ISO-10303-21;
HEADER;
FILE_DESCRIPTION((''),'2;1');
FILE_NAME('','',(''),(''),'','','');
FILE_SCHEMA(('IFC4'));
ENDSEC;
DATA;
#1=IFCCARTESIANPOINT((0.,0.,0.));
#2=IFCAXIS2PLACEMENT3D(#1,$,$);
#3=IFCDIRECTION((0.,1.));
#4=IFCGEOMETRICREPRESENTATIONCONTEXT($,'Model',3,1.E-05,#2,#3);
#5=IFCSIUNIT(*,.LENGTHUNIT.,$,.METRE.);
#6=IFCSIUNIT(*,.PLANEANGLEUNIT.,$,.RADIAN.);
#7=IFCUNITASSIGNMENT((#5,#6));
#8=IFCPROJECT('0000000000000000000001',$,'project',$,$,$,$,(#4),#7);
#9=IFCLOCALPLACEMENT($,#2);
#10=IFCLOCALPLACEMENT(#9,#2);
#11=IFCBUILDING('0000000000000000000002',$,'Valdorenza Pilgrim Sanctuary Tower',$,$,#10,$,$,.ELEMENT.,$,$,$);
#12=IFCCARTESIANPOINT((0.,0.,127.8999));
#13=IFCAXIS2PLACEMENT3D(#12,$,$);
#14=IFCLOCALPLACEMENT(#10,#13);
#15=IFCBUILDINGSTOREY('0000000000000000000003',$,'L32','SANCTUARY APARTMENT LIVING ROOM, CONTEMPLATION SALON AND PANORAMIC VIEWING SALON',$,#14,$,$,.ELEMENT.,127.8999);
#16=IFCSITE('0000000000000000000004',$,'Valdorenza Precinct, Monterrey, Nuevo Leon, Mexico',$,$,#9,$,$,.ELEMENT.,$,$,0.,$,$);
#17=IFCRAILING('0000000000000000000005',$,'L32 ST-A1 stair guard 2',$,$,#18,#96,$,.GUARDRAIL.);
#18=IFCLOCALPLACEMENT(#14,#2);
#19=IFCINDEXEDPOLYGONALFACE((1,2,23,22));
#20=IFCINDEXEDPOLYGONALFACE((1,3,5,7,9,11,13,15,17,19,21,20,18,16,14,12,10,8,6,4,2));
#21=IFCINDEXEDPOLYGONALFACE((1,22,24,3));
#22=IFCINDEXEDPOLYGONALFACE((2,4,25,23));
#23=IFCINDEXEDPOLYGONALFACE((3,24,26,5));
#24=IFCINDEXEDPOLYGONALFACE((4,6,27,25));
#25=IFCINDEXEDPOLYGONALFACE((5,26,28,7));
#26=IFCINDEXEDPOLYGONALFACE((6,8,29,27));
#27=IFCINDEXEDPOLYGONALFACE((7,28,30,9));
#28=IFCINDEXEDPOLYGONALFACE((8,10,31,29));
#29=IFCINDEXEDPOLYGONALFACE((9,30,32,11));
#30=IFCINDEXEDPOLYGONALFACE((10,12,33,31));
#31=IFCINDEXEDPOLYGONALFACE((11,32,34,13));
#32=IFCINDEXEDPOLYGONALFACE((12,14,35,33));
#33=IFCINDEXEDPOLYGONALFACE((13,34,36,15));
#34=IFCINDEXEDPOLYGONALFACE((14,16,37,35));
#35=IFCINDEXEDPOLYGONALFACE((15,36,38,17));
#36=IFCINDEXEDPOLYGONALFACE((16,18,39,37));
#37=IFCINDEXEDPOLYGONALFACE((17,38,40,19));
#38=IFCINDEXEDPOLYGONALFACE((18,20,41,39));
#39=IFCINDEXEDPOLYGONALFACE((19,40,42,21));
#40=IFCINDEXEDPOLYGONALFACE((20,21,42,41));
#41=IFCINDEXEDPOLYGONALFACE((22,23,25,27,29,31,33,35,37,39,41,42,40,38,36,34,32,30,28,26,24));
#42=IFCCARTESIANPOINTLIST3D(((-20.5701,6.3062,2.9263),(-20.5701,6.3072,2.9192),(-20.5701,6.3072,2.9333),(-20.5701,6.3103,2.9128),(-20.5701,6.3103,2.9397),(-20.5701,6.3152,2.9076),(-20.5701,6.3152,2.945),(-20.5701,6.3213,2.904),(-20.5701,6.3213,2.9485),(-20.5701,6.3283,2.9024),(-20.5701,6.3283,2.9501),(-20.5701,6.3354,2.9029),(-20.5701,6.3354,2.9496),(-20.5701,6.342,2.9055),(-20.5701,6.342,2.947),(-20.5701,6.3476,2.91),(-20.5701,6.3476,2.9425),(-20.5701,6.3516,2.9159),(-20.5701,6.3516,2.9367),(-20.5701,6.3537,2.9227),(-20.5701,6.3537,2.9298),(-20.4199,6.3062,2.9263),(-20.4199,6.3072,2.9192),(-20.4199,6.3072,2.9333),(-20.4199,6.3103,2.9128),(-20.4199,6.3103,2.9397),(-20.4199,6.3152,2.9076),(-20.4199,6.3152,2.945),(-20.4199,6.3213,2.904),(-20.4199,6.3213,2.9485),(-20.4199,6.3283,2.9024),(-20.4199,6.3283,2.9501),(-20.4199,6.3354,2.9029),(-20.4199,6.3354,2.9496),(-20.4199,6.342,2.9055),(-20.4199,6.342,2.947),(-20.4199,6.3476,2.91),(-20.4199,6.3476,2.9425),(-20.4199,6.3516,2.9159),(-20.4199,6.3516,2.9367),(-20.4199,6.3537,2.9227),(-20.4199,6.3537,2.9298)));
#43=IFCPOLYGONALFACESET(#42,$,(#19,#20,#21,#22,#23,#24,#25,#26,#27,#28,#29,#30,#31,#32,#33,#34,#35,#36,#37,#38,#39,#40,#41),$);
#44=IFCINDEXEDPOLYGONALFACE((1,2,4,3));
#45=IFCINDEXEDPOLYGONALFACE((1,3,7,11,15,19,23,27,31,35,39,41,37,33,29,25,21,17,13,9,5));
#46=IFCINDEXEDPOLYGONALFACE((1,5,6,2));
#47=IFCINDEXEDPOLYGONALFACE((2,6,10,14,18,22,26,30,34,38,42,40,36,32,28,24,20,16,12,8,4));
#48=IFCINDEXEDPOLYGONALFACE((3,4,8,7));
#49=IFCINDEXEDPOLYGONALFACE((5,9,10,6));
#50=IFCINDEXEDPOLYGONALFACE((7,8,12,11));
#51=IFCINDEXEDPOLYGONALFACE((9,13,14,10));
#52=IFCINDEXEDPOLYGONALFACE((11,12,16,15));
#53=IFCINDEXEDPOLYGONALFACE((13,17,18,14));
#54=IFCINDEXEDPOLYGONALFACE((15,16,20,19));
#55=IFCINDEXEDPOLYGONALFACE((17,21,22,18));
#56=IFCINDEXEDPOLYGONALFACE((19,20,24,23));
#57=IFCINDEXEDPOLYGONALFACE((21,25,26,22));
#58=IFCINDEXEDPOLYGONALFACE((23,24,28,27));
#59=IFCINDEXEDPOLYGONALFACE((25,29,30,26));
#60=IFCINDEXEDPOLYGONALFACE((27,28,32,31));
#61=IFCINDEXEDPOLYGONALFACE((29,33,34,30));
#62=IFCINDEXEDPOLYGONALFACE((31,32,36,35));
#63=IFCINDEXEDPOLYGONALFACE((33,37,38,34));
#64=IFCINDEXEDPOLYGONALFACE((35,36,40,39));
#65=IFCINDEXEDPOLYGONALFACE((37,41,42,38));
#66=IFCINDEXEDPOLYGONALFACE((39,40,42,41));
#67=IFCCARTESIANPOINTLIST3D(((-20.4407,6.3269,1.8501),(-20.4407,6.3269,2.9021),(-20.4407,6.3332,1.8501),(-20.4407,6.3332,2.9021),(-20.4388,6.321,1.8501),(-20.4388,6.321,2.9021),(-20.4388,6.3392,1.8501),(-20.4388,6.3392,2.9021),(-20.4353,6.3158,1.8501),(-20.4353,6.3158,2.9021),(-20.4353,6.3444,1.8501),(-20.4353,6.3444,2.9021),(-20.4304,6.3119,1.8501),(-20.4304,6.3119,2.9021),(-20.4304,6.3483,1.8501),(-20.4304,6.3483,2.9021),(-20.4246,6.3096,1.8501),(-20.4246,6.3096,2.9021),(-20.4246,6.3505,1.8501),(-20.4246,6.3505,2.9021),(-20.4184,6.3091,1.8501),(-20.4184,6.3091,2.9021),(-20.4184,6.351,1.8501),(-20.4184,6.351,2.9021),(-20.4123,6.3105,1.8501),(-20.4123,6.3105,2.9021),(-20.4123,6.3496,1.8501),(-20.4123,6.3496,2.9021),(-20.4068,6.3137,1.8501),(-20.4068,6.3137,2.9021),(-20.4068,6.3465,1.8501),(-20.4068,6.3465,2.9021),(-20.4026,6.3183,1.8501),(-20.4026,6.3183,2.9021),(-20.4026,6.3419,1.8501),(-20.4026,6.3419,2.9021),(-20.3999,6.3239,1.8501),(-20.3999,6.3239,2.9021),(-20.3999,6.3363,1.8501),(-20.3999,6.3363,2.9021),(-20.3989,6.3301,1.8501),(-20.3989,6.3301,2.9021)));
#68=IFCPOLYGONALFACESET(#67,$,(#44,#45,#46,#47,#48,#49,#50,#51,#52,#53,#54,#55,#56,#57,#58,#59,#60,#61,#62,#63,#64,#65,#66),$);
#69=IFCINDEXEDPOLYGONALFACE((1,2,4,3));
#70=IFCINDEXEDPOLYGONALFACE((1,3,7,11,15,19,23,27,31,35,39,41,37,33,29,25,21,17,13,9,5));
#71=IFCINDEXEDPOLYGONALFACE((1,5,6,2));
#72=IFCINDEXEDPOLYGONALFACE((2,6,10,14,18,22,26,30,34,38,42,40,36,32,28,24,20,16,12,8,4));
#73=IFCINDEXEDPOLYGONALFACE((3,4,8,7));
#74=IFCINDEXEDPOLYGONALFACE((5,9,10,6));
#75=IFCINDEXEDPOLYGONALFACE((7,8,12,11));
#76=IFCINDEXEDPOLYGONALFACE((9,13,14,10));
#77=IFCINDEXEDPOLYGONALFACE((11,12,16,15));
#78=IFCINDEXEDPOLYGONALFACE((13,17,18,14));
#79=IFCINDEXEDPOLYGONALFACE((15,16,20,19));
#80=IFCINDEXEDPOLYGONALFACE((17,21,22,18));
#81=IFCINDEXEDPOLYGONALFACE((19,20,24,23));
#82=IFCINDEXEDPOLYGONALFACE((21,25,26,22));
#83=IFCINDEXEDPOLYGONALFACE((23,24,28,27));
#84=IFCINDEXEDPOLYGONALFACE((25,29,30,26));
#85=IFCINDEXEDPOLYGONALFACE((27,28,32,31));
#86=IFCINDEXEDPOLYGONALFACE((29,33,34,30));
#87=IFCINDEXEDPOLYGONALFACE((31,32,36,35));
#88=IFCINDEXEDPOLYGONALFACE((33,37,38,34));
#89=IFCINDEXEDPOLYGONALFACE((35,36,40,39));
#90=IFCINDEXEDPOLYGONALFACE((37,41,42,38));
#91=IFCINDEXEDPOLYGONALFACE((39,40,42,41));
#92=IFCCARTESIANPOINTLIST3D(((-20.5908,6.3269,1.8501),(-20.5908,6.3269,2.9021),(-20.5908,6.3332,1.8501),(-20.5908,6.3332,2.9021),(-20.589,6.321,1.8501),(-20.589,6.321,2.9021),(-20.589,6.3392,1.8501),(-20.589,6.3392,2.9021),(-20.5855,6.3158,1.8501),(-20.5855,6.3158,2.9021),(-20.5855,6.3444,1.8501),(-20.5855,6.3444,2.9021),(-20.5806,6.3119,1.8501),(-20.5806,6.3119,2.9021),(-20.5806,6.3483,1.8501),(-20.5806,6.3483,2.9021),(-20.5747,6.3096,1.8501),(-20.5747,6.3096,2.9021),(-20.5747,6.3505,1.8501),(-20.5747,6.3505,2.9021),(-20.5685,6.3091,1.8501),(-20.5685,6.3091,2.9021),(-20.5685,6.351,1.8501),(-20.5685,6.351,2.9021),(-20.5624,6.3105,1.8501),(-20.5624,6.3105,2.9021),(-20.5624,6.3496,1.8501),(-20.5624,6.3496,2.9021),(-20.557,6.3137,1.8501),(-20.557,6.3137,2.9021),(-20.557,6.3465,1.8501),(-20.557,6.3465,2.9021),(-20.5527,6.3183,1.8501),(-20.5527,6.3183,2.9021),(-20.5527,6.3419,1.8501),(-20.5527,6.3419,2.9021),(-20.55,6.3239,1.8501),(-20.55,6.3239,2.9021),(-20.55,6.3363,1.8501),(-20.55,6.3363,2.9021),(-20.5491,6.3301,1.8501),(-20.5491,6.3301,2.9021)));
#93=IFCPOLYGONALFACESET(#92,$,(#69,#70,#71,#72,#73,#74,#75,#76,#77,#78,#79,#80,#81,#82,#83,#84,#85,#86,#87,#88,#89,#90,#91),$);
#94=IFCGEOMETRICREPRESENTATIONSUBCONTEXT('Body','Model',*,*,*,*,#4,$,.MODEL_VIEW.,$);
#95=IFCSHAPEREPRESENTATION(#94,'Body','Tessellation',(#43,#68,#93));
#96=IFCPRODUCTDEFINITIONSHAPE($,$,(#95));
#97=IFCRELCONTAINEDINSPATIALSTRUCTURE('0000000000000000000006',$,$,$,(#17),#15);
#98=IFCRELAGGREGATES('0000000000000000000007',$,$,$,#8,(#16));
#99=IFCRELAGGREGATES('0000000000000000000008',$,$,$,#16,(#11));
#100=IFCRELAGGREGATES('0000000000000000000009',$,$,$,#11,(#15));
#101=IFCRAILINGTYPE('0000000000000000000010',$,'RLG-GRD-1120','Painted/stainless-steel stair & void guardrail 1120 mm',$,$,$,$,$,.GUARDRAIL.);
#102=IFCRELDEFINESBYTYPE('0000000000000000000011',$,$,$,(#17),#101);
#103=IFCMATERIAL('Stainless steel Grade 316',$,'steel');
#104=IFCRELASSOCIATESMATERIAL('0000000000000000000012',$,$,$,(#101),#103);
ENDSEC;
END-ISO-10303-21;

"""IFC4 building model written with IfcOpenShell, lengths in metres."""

from ifc_helpers import new_model, si_unit, direction, frame, origin, origin_2d, place, context, subcontext, project, spatial, circle, extrude, material, type_object, element, save


model = new_model("IFC4")

# Units and contexts
model_context = context("Model", 3, precision=1e-05, world=origin(), true_north=direction((0.0, 1.0)))
body_context = subcontext(model_context, "Body", "Model", "MODEL_VIEW")
ifc_project = project(units=[si_unit("LENGTHUNIT", "METRE"), si_unit("PLANEANGLEUNIT", "RADIAN")], contexts=[model_context])

# Site, building, storey
site_placement = place(None, origin())
site = spatial("IfcSite", under=ifc_project, at=site_placement, Name="Valdorenza Precinct, Monterrey, Nuevo Leon, Mexico", CompositionType="ELEMENT", RefElevation=0.0)
building_placement = place(site_placement, origin())
building = spatial("IfcBuilding", under=site, at=building_placement, Name="Valdorenza Pilgrim Sanctuary Tower", CompositionType="ELEMENT")
storey_placement = place(building_placement, frame((0.0, 0.0, 127.8999)))
storey = spatial("IfcBuildingStorey", under=building, at=storey_placement, Name="L32", Description="SANCTUARY APARTMENT LIVING ROOM, CONTEMPLATION SALON AND PANORAMIC VIEWING SALON", CompositionType="ELEMENT", Elevation=127.8999)

# Railing
ifc_material_1 = material(Name="Stainless steel Grade 316", Category="steel")
railing_type_1 = type_object("IfcRailingType", Name="RLG-GRD-1120", Description="Painted/stainless-steel stair & void guardrail 1120 mm", PredefinedType="GUARDRAIL", material=ifc_material_1)
railing_1_placement = place(storey_placement, frame((-20.4199, 6.3301, 1.8501)))
element("IfcRailing", 1, at=railing_1_placement, inside=storey, type_object=railing_type_1, Name="L32 ST-A1 stair guard 2", PredefinedType="GUARDRAIL", context=body_context, shape_type="SweptSolid", body=[
    extrude(circle(Radius=0.0239, at=origin_2d()), frame((0.0, 0.0, 1.0762), z_axis=(-1.0, 0.0, 0.0), x_axis=(0.0, -1.0, 0.0)), (0.0, 0.0, 1.0), 0.1501),
    extrude(circle(Radius=0.021, at=origin_2d()), origin(), (0.0, 0.0, 1.0), 1.052),
    extrude(circle(Radius=0.021, at=origin_2d()), frame((-0.1501, 0.0, 0.0)), (0.0, 0.0, 1.0), 1.052),
])

save(model, "model.ifc")
